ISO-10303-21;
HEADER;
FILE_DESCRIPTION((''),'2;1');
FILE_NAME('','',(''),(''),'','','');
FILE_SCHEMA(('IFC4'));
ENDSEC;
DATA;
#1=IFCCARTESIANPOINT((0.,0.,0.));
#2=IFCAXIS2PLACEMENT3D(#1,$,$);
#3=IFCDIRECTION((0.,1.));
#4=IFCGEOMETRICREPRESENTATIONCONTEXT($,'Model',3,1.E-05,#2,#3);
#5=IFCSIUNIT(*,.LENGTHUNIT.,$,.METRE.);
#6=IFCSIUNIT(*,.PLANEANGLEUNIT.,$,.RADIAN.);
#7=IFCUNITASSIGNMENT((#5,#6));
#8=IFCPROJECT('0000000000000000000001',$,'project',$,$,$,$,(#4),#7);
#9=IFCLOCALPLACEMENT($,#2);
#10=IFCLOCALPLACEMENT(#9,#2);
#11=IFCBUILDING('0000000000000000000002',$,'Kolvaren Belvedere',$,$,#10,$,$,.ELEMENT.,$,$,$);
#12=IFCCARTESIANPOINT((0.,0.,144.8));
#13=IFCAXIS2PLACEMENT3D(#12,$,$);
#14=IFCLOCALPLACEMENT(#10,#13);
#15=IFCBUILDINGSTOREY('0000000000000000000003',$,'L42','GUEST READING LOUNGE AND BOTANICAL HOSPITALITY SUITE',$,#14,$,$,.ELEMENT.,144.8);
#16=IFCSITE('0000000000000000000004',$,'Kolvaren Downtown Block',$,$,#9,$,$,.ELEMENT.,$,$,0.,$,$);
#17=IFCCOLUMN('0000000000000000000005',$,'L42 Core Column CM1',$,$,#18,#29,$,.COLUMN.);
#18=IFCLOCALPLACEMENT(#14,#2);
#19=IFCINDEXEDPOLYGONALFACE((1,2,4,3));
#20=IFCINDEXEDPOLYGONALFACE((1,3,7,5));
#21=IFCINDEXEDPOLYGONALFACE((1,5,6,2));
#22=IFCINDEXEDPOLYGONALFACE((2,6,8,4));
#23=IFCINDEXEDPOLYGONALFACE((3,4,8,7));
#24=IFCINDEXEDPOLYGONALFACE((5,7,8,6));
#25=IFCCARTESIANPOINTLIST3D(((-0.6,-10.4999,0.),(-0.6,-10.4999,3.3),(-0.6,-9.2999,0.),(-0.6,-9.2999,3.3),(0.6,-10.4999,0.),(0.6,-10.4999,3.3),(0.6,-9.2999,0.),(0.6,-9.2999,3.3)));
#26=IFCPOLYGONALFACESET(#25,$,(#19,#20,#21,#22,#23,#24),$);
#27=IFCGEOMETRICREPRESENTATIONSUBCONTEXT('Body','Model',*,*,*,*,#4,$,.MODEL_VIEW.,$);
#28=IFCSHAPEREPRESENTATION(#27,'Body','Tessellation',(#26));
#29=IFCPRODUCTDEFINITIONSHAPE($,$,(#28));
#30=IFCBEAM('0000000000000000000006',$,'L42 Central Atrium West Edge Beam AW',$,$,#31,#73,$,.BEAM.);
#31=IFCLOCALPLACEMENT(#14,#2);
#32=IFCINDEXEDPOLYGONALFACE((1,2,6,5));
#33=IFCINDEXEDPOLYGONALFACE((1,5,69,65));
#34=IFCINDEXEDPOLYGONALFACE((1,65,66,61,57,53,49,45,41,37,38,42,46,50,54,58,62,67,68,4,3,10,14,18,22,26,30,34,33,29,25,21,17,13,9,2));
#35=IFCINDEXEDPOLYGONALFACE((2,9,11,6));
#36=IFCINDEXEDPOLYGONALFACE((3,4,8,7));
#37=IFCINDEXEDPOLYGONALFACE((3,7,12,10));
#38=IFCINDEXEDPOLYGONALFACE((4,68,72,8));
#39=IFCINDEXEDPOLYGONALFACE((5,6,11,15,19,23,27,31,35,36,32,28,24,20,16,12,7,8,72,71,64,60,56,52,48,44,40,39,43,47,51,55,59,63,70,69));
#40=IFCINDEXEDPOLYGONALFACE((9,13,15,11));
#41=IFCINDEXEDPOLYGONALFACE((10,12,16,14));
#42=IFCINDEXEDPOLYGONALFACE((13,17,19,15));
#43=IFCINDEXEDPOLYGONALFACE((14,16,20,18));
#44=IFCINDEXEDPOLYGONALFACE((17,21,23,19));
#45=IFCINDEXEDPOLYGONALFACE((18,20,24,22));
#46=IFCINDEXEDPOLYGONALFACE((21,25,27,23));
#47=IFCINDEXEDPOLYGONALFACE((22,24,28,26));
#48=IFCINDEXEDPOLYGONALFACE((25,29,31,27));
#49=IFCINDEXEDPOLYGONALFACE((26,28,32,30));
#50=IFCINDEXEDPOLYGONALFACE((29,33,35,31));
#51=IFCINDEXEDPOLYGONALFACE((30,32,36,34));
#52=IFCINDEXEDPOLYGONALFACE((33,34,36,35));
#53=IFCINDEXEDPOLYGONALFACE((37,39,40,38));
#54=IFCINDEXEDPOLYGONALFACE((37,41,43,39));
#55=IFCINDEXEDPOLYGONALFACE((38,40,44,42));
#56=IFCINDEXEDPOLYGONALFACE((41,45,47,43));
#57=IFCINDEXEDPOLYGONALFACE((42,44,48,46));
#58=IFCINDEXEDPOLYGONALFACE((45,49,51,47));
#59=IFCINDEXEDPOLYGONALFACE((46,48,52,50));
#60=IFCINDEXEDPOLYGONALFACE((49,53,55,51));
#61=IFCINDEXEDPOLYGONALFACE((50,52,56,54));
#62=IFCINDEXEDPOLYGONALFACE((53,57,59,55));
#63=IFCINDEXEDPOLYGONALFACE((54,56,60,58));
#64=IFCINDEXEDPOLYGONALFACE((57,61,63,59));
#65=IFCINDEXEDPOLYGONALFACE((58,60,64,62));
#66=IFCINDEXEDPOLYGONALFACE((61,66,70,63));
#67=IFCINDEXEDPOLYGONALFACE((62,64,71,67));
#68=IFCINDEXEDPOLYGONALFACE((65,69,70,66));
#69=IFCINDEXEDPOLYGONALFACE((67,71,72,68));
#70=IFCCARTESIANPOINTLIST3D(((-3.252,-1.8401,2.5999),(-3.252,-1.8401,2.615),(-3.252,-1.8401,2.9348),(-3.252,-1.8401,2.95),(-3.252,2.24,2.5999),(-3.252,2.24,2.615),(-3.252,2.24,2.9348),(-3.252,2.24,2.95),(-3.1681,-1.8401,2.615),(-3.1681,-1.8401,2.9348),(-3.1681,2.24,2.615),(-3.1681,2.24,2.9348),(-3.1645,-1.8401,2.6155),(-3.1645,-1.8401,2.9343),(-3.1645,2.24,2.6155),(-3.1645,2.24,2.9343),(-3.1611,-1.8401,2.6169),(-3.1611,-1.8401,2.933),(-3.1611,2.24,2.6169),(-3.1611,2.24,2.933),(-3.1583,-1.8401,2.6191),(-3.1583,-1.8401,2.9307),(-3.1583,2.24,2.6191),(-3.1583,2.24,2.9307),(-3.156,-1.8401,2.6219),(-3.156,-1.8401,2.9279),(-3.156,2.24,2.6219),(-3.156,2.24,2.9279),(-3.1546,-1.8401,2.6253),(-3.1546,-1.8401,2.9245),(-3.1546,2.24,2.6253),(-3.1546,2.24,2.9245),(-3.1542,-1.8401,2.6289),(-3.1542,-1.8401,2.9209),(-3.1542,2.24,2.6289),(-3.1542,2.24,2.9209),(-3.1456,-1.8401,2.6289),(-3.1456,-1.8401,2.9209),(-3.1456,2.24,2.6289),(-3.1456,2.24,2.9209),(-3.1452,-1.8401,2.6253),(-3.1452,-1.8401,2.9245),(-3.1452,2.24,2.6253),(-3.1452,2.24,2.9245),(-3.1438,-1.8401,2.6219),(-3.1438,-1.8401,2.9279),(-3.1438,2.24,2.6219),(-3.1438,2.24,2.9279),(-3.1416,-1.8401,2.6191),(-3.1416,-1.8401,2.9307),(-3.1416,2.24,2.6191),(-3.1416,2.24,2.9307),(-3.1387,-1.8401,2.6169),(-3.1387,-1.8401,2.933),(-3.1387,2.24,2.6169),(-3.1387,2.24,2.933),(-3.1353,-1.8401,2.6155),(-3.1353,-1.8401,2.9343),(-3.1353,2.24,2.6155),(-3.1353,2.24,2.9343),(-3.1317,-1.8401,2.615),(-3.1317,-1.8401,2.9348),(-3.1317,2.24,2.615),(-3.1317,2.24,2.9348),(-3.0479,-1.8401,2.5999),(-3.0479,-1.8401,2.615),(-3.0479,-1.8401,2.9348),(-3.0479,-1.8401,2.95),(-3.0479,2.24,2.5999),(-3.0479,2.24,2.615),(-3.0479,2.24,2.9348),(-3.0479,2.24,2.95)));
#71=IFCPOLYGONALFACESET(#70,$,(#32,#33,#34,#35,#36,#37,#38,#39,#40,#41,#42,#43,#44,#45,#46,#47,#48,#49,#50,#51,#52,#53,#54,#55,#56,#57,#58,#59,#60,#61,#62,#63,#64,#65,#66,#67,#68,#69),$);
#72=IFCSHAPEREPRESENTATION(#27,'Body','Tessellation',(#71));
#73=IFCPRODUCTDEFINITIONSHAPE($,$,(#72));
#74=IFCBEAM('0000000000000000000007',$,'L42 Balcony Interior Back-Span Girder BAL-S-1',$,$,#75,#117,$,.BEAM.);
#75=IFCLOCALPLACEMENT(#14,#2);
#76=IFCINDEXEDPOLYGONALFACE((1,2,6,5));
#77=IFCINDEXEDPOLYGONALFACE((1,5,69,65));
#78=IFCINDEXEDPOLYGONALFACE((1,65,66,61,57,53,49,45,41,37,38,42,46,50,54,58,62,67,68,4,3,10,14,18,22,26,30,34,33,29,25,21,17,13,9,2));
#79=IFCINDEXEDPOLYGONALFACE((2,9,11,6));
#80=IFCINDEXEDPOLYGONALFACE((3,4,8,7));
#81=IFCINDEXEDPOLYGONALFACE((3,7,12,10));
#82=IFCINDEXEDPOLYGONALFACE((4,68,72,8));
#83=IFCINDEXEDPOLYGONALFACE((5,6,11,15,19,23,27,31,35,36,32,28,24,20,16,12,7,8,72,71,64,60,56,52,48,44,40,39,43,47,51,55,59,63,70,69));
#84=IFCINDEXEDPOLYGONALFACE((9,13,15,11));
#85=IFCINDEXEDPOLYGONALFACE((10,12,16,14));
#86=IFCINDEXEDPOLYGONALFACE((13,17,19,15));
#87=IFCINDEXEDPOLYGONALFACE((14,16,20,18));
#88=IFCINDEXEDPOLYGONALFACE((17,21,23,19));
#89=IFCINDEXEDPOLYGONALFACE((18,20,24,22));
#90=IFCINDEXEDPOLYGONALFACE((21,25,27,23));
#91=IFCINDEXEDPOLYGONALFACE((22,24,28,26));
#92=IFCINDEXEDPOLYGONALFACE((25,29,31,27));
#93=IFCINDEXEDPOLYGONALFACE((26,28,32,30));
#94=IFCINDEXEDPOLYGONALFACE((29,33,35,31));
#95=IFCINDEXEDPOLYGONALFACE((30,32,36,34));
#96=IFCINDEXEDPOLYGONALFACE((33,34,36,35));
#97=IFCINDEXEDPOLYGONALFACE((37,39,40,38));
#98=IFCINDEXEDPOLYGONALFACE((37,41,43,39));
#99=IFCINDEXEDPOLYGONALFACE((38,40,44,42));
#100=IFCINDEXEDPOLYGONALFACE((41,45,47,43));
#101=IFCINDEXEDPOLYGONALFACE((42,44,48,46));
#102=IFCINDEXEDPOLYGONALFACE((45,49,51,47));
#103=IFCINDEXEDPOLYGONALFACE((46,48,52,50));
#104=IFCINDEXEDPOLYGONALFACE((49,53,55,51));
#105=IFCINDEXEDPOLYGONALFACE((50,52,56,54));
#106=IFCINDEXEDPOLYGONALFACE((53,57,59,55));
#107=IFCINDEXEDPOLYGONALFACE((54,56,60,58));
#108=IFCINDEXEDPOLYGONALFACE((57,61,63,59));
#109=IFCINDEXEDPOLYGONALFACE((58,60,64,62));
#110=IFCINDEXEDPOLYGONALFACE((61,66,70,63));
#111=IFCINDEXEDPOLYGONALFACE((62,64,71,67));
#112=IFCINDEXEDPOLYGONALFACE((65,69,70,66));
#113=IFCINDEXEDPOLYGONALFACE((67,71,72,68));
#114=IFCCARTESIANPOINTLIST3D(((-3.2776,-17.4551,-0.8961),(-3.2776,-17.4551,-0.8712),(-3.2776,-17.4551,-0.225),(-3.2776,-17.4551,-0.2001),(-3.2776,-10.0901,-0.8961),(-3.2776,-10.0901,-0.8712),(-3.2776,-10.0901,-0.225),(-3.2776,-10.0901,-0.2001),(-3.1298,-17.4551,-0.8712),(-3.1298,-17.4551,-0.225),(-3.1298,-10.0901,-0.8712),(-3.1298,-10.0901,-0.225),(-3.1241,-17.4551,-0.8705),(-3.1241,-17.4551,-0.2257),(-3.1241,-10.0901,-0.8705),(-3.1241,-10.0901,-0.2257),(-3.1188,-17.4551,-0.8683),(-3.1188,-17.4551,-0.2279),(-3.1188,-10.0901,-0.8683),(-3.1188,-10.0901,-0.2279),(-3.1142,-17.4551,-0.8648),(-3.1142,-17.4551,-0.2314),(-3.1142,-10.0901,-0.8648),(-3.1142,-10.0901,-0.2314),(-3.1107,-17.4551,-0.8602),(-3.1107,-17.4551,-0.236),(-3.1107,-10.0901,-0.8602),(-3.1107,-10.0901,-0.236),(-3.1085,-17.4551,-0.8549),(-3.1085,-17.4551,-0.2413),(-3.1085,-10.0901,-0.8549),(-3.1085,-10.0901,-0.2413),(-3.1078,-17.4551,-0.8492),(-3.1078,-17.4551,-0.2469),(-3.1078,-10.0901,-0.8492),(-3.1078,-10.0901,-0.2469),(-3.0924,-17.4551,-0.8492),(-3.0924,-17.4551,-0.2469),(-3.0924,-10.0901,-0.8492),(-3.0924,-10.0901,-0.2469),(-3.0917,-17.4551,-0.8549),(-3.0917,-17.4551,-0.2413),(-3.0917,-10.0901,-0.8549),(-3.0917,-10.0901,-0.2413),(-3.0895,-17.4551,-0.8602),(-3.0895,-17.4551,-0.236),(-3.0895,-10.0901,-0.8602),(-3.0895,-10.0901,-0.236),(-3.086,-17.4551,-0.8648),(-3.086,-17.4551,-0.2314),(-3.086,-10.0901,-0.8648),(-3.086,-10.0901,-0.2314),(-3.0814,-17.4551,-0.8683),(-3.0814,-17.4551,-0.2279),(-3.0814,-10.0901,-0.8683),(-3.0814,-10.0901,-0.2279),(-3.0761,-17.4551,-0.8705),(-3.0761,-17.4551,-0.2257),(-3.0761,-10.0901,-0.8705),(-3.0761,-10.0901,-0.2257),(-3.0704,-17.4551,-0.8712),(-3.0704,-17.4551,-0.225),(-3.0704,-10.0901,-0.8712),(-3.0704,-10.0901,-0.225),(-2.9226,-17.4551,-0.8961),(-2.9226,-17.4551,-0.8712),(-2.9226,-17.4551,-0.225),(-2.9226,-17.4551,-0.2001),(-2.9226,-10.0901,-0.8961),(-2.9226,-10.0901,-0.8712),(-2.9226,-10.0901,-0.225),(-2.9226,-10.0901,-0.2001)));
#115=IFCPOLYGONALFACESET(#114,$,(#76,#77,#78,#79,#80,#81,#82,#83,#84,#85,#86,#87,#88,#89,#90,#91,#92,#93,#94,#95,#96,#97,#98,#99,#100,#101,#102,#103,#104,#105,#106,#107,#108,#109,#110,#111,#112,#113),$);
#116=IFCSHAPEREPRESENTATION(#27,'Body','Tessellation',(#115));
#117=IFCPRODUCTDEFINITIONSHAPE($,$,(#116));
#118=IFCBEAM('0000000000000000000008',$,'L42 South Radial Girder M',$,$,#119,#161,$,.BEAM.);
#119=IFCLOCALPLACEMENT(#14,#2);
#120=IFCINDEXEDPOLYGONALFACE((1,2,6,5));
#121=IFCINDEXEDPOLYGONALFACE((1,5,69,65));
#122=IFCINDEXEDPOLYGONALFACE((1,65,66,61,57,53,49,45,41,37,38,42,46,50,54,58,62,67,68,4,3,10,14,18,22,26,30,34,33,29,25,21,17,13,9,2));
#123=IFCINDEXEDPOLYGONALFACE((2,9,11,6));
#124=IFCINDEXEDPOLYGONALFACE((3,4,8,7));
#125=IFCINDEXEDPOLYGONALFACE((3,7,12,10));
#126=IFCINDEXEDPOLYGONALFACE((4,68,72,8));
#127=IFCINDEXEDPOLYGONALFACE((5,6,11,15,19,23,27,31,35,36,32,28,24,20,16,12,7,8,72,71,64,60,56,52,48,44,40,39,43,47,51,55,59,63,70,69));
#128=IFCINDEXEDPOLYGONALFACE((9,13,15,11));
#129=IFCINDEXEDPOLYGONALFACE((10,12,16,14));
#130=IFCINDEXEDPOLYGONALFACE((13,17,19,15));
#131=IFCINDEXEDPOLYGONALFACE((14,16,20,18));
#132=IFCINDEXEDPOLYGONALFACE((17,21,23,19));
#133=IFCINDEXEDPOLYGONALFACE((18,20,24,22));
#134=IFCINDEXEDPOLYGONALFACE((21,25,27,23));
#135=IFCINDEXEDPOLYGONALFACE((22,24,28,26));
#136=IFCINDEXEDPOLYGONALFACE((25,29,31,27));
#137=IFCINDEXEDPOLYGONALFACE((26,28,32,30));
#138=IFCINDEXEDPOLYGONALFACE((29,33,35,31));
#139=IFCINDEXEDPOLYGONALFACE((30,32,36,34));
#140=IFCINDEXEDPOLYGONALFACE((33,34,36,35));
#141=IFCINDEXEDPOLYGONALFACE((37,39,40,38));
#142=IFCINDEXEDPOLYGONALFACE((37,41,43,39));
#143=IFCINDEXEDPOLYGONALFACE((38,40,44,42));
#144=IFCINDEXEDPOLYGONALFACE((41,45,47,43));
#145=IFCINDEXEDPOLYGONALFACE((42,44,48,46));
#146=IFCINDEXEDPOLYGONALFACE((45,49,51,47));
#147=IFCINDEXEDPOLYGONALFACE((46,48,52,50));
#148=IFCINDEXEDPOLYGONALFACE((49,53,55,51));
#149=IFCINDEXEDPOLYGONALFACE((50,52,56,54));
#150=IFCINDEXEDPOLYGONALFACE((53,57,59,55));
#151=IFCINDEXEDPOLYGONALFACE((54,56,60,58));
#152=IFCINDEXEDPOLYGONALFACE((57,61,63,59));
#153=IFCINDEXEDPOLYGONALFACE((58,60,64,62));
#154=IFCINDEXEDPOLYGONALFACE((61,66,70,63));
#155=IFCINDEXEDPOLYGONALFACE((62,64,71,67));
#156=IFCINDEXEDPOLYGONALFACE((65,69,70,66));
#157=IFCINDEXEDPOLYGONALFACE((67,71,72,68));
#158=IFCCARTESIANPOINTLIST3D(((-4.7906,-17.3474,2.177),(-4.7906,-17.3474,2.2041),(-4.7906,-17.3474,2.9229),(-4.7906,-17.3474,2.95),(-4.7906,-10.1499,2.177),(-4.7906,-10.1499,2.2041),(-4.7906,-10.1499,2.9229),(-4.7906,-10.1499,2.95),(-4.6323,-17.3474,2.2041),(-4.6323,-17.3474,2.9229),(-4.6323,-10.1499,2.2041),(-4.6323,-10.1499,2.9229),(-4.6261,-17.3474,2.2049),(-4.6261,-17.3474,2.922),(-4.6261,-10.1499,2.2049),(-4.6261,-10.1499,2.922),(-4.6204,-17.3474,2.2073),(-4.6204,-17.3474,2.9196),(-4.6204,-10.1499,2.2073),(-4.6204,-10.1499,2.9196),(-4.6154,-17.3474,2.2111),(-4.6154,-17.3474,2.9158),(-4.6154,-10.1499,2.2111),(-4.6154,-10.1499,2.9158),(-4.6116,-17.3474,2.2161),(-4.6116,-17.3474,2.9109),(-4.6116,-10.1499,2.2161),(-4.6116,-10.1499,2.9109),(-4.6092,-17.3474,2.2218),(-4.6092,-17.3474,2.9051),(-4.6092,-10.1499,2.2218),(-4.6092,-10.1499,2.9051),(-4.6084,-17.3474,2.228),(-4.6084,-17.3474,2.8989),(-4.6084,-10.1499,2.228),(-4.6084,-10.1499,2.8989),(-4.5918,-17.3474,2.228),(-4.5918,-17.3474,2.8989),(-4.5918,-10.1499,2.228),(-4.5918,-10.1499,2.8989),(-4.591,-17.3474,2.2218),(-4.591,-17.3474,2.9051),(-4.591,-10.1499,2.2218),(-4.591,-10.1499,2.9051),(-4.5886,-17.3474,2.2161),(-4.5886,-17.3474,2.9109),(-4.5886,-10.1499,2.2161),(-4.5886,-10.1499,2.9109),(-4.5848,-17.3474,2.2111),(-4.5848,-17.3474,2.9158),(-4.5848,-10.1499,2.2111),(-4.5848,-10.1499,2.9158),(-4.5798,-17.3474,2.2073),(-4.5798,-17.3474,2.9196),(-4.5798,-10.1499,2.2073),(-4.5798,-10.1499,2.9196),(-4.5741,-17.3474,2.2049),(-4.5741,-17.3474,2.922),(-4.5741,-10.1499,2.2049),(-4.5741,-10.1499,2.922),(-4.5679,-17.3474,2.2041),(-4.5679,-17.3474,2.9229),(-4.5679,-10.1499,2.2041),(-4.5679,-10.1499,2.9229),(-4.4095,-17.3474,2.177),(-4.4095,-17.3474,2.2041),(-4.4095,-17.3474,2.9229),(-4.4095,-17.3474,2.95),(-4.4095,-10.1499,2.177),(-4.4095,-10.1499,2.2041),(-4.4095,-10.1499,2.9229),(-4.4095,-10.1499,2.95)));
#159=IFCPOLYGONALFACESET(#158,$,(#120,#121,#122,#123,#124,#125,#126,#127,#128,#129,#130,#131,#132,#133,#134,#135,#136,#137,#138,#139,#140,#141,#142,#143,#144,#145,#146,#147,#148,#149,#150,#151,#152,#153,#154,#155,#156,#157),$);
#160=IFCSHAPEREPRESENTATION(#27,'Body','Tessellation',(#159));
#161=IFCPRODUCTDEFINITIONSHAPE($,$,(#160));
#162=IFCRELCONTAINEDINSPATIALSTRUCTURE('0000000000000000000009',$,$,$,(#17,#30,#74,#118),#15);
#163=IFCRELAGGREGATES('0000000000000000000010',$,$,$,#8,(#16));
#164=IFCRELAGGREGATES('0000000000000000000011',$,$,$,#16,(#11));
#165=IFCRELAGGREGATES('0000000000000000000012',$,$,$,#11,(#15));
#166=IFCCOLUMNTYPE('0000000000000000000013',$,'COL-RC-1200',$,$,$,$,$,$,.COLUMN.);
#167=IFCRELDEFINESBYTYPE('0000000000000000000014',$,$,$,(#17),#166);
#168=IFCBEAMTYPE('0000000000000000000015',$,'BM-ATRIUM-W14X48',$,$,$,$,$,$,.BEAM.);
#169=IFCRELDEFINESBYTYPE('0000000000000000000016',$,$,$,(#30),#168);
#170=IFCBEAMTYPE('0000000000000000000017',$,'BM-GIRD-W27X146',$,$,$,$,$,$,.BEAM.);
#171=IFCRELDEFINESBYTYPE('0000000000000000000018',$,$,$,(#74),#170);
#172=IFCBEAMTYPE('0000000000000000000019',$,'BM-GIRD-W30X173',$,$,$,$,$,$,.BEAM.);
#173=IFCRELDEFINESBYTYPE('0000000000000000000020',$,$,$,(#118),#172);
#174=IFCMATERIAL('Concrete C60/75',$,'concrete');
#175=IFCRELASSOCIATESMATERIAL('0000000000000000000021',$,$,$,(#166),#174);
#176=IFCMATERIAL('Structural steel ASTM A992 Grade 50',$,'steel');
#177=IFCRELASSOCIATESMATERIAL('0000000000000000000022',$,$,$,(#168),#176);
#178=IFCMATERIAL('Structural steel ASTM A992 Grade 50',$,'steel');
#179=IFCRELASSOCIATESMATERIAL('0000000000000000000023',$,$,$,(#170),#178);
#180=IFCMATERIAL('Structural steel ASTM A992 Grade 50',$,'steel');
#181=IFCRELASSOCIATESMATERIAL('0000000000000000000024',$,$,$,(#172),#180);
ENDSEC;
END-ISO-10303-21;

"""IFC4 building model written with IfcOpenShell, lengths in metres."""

from ifc_helpers import new_model, si_unit, direction, frame, origin, origin_2d, place, context, subcontext, project, spatial, rectangle, i_section, extrude, material, material_profile, profile_set, type_object, element, save


model = new_model("IFC4")

# Units and contexts
model_context = context("Model", 3, precision=1e-05, world=origin(), true_north=direction((0.0, 1.0)))
body_context = subcontext(model_context, "Body", "Model", "MODEL_VIEW")
ifc_project = project(units=[si_unit("LENGTHUNIT", "METRE"), si_unit("PLANEANGLEUNIT", "RADIAN")], contexts=[model_context])

# Site, building, storey
site_placement = place(None, origin())
site = spatial("IfcSite", under=ifc_project, at=site_placement, Name="Kolvaren Downtown Block", CompositionType="ELEMENT", RefElevation=0.0)
building_placement = place(site_placement, origin())
building = spatial("IfcBuilding", under=site, at=building_placement, Name="Kolvaren Belvedere", CompositionType="ELEMENT")
storey_placement = place(building_placement, frame((0.0, 0.0, 144.8)))
storey = spatial("IfcBuildingStorey", under=building, at=storey_placement, Name="L42", Description="GUEST READING LOUNGE AND BOTANICAL HOSPITALITY SUITE", CompositionType="ELEMENT", Elevation=144.8)

# Column
ifc_material_1 = material(Name="Concrete C60/75", Category="concrete")
ifc_material_profile_1 = material_profile(ifc_material_1, rectangle(XDim=1.2, YDim=1.2, at=origin_2d()), Name="RC 1200X1200")
ifc_profile_set_1 = profile_set([ifc_material_profile_1], Name="Concrete C60/75")
column_type = type_object("IfcColumnType", Name="COL-RC-1200", PredefinedType="COLUMN", material=ifc_profile_set_1)
column_placement = place(storey_placement, frame((0.0, -9.8999, 0.0), z_axis=(0.0, 0.0, 1.0), x_axis=(1.0, 0.0, 0.0)))
element("IfcColumn", 1, at=column_placement, inside=storey, type_object=column_type, Name="L42 Core Column CM1", PredefinedType="COLUMN", context=body_context, shape_type="SweptSolid", body=[
    extrude(rectangle(XDim=1.2, YDim=1.2, at=origin_2d()), origin(), (0.0, 0.0, 1.0), 3.3),
])

# Beams
ifc_material_2 = material(Name="Structural steel ASTM A992 Grade 50", Category="steel")
ifc_material_profile_2 = material_profile(ifc_material_2, i_section(OverallWidth=0.2041, OverallDepth=0.3501, WebThickness=0.0085, FlangeThickness=0.0151, FilletRadius=0.0139, at=origin_2d()), Name="W14X48")
ifc_profile_set_2 = profile_set([ifc_material_profile_2], Name="Structural steel ASTM A992 Grade 50")
beam_type_1 = type_object("IfcBeamType", Name="BM-ATRIUM-W14X48", PredefinedType="BEAM", material=ifc_profile_set_2)
beam_1_placement = place(storey_placement, frame((-3.1499, -1.8401, 2.7749), z_axis=(0.0, 1.0, 0.0), x_axis=(-1.0, 0.0, 0.0)))
element("IfcBeam", 2, at=beam_1_placement, inside=storey, type_object=beam_type_1, Name="L42 Central Atrium West Edge Beam AW", PredefinedType="BEAM", context=body_context, shape_type="SweptSolid", body=[
    extrude(i_section(OverallWidth=0.2041, OverallDepth=0.3501, WebThickness=0.0085, FlangeThickness=0.0151, FilletRadius=0.0139, at=origin_2d()), origin(), (0.0, 0.0, 1.0), 4.0801),
])
ifc_material_3 = material(Name="Structural steel ASTM A992 Grade 50", Category="steel")
ifc_material_profile_3 = material_profile(ifc_material_3, i_section(OverallWidth=0.355, OverallDepth=0.696, WebThickness=0.0154, FlangeThickness=0.0249, FilletRadius=0.022, at=origin_2d()), Name="W27X146")
ifc_profile_set_3 = profile_set([ifc_material_profile_3], Name="Structural steel ASTM A992 Grade 50")
beam_type_2 = type_object("IfcBeamType", Name="BM-GIRD-W27X146", PredefinedType="BEAM", material=ifc_profile_set_3)
beam_2_placement = place(storey_placement, frame((-3.1001, -10.0901, -0.5481), z_axis=(0.0, -1.0, 0.0), x_axis=(1.0, 0.0, 0.0)))
element("IfcBeam", 3, at=beam_2_placement, inside=storey, type_object=beam_type_2, Name="L42 Balcony Interior Back-Span Girder BAL-S-1", PredefinedType="BEAM", context=body_context, shape_type="SweptSolid", body=[
    extrude(i_section(OverallWidth=0.355, OverallDepth=0.696, WebThickness=0.0154, FlangeThickness=0.0249, FilletRadius=0.022, at=origin_2d()), origin(), (0.0, 0.0, 1.0), 7.365),
])
ifc_material_4 = material(Name="Structural steel ASTM A992 Grade 50", Category="steel")
ifc_material_profile_4 = material_profile(ifc_material_4, i_section(OverallWidth=0.3811, OverallDepth=0.7729, WebThickness=0.0166, FlangeThickness=0.0271, FilletRadius=0.0239, at=origin_2d()), Name="W30X173")
ifc_profile_set_4 = profile_set([ifc_material_profile_4], Name="Structural steel ASTM A992 Grade 50")
beam_type_3 = type_object("IfcBeamType", Name="BM-GIRD-W30X173", PredefinedType="BEAM", material=ifc_profile_set_4)
beam_3_placement = place(storey_placement, frame((-4.6001, -10.1499, 2.5635), z_axis=(0.0, -1.0, 0.0), x_axis=(1.0, 0.0, 0.0)))
element("IfcBeam", 4, at=beam_3_placement, inside=storey, type_object=beam_type_3, Name="L42 South Radial Girder M", PredefinedType="BEAM", context=body_context, shape_type="SweptSolid", body=[
    extrude(i_section(OverallWidth=0.3811, OverallDepth=0.7729, WebThickness=0.0166, FlangeThickness=0.0271, FilletRadius=0.0239, at=origin_2d()), origin(), (0.0, 0.0, 1.0), 7.1975),
])

save(model, "model.ifc")
